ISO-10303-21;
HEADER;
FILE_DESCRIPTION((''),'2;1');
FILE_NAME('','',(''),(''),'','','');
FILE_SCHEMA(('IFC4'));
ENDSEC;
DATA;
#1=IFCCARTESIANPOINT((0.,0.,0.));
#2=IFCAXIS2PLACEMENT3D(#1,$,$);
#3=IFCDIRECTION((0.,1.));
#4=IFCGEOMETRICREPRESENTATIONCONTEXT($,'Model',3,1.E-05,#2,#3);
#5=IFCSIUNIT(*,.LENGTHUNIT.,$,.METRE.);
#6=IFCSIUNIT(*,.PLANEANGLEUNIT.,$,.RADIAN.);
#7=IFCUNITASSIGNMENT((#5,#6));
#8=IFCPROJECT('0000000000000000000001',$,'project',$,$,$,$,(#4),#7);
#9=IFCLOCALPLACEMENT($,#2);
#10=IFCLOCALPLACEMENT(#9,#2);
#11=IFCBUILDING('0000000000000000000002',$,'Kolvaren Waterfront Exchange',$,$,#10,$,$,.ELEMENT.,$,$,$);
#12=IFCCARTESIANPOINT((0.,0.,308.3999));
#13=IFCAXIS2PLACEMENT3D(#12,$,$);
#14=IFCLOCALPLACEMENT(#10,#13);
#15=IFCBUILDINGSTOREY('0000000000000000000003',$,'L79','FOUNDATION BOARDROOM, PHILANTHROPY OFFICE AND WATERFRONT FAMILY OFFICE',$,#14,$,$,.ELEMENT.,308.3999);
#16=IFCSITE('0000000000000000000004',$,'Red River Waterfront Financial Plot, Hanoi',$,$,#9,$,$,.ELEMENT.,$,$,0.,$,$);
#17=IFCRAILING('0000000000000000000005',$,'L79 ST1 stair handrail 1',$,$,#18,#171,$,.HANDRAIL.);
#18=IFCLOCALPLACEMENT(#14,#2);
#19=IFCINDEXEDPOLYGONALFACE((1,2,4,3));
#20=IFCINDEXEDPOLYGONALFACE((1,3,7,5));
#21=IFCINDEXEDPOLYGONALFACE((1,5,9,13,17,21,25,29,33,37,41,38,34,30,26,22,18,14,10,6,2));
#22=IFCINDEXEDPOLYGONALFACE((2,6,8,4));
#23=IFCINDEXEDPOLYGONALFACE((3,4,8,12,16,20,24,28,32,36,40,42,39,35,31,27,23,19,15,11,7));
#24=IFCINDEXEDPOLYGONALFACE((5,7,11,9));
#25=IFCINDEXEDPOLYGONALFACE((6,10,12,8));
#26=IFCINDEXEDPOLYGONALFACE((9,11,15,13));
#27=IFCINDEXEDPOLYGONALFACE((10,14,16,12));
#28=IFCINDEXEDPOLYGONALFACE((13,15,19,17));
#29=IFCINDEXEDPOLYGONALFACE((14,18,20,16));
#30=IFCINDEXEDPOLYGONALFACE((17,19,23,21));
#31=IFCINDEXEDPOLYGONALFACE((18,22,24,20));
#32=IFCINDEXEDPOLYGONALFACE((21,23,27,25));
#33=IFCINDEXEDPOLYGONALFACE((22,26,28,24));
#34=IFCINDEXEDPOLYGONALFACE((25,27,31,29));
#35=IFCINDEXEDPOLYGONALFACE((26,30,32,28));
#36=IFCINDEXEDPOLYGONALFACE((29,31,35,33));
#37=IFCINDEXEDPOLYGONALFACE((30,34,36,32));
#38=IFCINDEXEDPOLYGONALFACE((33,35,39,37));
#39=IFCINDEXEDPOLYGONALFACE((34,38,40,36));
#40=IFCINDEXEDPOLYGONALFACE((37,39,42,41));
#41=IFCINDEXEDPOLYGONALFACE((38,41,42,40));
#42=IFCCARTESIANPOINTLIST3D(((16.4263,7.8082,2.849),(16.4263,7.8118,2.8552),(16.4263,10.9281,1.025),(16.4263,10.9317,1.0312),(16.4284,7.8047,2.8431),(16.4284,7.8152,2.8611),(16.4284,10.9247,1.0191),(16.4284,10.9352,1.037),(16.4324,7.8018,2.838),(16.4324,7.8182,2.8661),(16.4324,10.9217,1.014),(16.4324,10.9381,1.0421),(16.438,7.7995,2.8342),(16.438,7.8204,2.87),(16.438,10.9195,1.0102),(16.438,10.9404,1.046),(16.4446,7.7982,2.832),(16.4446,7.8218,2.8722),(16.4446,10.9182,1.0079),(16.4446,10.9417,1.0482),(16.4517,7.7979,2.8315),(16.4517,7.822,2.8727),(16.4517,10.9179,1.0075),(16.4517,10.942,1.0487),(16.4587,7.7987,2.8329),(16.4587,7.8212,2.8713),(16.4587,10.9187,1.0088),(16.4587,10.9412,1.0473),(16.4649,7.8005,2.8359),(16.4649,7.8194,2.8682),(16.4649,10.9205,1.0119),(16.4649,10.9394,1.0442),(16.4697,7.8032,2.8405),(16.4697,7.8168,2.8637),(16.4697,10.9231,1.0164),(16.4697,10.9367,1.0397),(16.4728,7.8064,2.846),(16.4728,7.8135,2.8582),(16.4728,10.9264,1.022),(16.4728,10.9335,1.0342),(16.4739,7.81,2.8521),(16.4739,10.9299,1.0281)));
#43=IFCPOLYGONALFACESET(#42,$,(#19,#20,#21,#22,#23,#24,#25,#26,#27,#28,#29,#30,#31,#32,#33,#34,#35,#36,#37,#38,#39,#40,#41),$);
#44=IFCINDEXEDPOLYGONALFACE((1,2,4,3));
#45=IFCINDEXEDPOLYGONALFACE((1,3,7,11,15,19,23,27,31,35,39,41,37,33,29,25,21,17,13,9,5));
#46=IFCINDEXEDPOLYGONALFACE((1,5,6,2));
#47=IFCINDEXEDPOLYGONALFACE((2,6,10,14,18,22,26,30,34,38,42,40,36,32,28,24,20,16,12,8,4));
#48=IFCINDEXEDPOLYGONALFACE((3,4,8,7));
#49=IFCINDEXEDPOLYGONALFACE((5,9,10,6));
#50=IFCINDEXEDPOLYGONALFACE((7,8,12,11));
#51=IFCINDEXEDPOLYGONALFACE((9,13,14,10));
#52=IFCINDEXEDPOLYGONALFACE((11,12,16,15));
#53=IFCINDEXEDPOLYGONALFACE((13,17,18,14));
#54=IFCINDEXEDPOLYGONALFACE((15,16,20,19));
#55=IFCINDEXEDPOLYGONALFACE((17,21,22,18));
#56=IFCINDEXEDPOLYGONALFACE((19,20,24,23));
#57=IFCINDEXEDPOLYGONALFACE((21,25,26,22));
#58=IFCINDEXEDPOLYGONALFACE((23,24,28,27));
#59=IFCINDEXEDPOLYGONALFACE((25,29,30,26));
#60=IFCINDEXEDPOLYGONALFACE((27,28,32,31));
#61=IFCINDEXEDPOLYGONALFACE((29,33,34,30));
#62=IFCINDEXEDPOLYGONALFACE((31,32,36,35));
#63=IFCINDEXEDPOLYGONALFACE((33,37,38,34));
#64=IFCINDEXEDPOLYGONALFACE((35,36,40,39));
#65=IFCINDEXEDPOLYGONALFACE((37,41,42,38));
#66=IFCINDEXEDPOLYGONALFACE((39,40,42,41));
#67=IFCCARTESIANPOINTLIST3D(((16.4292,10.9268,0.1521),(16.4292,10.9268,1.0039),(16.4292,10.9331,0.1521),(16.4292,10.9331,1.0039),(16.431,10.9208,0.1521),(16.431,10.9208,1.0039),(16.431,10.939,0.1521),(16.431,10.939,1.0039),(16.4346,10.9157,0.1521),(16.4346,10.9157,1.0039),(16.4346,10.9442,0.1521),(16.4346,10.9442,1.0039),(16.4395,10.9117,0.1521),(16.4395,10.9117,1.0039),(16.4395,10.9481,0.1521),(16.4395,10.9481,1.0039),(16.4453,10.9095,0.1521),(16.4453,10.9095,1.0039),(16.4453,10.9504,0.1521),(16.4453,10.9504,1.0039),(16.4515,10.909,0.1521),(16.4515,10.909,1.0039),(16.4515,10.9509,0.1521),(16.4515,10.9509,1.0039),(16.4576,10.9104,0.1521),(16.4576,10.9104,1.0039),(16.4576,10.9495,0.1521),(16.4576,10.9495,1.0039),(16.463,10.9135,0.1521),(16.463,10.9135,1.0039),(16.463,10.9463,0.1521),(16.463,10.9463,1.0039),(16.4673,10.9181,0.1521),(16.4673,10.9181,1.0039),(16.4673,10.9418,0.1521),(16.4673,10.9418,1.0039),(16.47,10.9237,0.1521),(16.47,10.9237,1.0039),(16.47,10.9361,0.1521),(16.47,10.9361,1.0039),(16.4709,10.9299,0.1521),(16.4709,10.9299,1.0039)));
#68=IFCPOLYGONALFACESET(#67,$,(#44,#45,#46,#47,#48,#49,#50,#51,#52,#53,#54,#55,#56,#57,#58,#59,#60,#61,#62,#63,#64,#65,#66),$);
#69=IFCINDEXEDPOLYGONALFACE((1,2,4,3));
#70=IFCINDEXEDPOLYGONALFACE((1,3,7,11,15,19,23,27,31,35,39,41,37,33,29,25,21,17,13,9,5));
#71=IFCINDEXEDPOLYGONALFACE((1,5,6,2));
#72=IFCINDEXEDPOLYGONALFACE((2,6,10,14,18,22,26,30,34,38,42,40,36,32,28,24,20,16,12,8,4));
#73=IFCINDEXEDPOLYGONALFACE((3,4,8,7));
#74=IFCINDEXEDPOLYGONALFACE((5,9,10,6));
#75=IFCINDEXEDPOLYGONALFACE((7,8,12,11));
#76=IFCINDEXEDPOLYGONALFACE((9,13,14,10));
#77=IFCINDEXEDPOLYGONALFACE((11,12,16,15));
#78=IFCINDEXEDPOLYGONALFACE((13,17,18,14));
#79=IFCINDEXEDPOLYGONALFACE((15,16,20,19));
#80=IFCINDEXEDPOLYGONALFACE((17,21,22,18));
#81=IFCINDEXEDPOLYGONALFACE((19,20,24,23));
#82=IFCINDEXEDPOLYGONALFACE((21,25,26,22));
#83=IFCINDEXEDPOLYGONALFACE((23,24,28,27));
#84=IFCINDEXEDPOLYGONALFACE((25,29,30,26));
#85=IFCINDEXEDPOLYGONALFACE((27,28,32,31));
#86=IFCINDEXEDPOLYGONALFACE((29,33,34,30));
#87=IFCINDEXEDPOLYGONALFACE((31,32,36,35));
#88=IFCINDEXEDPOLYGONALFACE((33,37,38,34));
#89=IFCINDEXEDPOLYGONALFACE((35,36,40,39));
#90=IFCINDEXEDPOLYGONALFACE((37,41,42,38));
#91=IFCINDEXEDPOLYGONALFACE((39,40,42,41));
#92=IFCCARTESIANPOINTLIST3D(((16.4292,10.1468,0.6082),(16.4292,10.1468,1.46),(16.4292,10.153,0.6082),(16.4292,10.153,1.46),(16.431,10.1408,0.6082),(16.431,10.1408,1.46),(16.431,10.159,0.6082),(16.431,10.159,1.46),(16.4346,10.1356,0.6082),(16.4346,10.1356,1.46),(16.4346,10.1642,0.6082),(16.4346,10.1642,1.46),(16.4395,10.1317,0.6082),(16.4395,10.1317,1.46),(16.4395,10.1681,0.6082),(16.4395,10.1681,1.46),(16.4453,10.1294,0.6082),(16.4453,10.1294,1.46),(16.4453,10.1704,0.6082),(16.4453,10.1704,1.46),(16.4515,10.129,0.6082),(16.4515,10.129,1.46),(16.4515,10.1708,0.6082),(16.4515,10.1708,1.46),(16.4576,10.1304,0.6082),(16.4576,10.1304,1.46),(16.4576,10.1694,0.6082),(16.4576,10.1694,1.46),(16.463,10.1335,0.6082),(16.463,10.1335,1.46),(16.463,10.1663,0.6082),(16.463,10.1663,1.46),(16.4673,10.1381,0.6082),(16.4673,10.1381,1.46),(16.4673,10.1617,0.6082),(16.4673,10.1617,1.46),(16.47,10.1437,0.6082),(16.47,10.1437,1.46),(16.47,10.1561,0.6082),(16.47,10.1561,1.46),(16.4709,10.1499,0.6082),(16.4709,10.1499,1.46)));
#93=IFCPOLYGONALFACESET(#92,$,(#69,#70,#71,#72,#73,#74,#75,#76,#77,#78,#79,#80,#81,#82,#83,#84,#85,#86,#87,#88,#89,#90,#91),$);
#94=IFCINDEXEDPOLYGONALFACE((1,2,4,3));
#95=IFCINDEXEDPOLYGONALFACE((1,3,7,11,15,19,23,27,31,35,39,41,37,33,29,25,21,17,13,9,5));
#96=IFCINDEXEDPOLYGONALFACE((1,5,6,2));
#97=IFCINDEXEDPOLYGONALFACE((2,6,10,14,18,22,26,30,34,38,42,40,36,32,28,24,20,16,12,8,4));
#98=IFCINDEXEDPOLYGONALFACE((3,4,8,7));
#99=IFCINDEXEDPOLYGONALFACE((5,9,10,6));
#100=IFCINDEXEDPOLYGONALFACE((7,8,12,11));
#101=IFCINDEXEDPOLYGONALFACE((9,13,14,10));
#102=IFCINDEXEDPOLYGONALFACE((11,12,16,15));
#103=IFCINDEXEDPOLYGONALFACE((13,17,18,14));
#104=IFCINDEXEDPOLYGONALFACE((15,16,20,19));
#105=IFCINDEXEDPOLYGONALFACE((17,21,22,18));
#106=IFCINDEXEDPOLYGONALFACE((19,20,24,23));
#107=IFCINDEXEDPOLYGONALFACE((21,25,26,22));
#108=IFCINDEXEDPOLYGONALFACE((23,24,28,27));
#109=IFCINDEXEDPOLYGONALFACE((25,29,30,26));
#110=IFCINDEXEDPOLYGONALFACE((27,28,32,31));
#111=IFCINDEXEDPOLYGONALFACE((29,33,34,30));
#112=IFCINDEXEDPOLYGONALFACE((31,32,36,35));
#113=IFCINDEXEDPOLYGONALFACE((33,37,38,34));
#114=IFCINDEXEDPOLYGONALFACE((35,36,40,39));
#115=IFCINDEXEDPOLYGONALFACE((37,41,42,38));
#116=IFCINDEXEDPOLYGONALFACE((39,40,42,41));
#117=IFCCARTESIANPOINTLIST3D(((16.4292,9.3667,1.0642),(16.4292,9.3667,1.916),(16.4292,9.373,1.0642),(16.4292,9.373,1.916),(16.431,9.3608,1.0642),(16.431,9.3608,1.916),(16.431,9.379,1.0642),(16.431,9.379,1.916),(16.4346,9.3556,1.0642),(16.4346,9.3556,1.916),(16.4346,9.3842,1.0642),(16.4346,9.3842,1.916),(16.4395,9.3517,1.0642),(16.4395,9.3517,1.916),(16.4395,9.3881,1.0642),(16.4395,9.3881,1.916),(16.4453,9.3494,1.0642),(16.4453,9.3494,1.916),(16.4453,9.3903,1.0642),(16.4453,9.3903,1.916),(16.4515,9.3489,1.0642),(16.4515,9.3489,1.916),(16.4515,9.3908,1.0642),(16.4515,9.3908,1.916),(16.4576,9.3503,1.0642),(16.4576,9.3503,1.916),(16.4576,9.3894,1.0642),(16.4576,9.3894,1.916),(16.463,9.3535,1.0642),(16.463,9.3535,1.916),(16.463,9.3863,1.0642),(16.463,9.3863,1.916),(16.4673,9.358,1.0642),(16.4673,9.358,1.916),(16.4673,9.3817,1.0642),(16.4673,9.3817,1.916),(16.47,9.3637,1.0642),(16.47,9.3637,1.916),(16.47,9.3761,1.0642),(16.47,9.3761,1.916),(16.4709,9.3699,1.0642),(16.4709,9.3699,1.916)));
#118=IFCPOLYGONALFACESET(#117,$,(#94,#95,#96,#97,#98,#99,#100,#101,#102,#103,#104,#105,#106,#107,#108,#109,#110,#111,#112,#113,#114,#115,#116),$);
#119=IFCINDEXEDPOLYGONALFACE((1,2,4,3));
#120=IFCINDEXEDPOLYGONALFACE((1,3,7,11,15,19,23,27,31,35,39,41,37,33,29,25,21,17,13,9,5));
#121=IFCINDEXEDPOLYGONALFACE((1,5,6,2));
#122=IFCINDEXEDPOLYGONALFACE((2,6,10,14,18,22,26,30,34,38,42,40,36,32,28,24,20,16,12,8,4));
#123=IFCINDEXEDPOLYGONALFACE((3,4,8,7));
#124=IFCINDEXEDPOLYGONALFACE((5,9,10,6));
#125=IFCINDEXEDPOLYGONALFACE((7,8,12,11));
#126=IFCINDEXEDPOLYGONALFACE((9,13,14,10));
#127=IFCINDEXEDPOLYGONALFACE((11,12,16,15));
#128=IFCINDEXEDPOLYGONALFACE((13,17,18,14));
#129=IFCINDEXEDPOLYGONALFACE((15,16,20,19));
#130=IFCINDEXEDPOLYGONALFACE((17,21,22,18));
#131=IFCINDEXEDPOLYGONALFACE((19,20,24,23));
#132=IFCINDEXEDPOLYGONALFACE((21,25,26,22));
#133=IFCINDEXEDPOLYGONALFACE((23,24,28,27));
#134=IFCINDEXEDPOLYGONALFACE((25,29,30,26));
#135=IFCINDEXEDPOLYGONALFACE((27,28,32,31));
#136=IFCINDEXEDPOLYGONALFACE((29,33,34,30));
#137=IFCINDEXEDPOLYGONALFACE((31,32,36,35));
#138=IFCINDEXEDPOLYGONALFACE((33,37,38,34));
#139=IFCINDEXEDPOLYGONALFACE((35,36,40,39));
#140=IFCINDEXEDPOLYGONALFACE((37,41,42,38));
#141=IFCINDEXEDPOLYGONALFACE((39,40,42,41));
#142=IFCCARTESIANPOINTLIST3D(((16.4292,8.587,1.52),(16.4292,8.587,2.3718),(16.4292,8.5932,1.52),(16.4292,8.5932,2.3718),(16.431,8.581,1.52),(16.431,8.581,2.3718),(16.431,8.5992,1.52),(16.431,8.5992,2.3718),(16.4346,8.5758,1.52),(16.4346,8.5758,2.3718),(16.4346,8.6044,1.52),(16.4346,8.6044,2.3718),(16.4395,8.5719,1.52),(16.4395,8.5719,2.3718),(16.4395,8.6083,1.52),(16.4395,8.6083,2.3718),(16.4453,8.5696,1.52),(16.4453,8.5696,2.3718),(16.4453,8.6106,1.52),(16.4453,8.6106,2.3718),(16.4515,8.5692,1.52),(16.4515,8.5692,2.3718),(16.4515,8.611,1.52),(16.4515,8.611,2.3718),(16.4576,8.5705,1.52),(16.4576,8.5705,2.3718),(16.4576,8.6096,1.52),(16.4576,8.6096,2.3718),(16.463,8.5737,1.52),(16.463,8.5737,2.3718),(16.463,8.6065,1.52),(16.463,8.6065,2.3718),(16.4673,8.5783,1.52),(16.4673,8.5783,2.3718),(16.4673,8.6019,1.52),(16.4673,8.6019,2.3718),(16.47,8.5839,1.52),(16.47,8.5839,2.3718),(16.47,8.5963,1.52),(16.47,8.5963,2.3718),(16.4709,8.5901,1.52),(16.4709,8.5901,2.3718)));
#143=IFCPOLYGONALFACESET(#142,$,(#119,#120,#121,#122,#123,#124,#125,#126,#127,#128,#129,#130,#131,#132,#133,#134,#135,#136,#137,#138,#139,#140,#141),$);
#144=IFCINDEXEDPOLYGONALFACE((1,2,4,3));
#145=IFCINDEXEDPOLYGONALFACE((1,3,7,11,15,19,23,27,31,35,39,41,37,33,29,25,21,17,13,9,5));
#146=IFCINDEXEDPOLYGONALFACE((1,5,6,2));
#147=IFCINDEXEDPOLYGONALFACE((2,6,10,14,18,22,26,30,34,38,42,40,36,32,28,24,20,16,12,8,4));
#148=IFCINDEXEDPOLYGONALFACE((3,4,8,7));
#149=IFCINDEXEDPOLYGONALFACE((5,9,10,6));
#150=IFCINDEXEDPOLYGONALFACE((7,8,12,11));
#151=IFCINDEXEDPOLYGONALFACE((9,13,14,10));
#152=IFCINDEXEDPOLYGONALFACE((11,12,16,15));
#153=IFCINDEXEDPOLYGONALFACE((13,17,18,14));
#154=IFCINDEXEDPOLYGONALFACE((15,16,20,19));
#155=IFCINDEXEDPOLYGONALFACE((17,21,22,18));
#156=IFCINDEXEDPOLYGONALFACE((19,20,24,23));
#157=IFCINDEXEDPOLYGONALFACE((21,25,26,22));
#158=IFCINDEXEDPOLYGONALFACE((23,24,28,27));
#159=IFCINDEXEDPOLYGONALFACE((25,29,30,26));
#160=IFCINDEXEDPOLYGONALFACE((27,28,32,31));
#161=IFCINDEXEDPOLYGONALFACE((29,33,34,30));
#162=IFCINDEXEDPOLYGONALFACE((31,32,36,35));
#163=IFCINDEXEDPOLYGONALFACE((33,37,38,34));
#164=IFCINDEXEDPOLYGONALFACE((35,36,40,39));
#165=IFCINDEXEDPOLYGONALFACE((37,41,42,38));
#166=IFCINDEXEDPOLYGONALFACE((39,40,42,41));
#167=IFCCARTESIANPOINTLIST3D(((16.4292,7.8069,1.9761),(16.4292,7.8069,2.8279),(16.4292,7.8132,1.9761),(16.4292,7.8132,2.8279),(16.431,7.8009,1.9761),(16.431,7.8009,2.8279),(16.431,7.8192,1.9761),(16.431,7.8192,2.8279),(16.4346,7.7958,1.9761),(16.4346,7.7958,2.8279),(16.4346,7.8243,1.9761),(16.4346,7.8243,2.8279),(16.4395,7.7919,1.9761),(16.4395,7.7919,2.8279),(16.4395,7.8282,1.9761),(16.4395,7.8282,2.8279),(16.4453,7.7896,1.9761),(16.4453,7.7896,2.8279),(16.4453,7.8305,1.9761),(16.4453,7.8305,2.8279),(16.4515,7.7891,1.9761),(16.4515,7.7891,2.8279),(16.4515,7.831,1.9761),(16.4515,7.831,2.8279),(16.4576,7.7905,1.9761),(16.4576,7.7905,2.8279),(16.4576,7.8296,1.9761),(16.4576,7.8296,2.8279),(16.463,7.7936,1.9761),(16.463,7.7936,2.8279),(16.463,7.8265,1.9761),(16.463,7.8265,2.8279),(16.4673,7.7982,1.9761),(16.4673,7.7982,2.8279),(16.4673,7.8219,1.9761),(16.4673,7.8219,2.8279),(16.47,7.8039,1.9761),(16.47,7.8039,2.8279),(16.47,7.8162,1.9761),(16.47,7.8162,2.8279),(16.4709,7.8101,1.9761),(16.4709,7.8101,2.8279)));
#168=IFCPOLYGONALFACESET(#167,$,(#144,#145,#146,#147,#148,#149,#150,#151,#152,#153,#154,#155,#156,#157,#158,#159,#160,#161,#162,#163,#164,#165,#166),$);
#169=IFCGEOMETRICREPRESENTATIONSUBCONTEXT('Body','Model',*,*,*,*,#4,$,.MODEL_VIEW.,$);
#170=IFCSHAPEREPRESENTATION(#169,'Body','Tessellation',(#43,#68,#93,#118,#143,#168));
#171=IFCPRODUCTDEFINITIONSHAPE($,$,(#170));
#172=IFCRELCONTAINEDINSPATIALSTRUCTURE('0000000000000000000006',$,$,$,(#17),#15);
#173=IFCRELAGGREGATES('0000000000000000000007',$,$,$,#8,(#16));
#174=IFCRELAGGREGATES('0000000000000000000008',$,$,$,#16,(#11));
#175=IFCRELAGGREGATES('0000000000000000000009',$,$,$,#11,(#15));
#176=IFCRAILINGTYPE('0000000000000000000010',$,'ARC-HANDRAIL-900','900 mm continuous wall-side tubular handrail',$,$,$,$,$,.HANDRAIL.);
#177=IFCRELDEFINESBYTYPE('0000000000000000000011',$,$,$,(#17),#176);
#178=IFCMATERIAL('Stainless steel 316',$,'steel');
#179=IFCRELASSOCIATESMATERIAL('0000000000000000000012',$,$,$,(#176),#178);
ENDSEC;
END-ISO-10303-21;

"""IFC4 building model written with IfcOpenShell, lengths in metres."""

from ifc_helpers import new_model, si_unit, direction, frame, origin, origin_2d, place, context, subcontext, project, spatial, circle, extrude, material, type_object, element, save


model = new_model("IFC4")

# Units and contexts
model_context = context("Model", 3, precision=1e-05, world=origin(), true_north=direction((0.0, 1.0)))
body_context = subcontext(model_context, "Body", "Model", "MODEL_VIEW")
ifc_project = project(units=[si_unit("LENGTHUNIT", "METRE"), si_unit("PLANEANGLEUNIT", "RADIAN")], contexts=[model_context])

# Site, building, storey
site_placement = place(None, origin())
site = spatial("IfcSite", under=ifc_project, at=site_placement, Name="Red River Waterfront Financial Plot, Hanoi", CompositionType="ELEMENT", RefElevation=0.0)
building_placement = place(site_placement, origin())
building = spatial("IfcBuilding", under=site, at=building_placement, Name="Kolvaren Waterfront Exchange", CompositionType="ELEMENT")
storey_placement = place(building_placement, frame((0.0, 0.0, 308.3999)))
storey = spatial("IfcBuildingStorey", under=building, at=storey_placement, Name="L79", Description="FOUNDATION BOARDROOM, PHILANTHROPY OFFICE AND WATERFRONT FAMILY OFFICE", CompositionType="ELEMENT", Elevation=308.3999)

# Railing
ifc_material_1 = material(Name="Stainless steel 316", Category="steel")
railing_type_1 = type_object("IfcRailingType", Name="ARC-HANDRAIL-900", Description="900 mm continuous wall-side tubular handrail", PredefinedType="HANDRAIL", material=ifc_material_1)
railing_1_placement = place(storey_placement, frame((16.45, 10.9299, 0.1521)))
element("IfcRailing", 1, at=railing_1_placement, inside=storey, type_object=railing_type_1, Name="L79 ST1 stair handrail 1", PredefinedType="HANDRAIL", context=body_context, shape_type="SweptSolid", body=[
    extrude(circle(Radius=0.0239, at=origin_2d()), frame((0.0, 0.0, 0.876), z_axis=(0.0, -0.863291, 0.504707), x_axis=(1.0, 0.0, 0.0)), (0.0, 0.0, 1.0), 3.614),
    extrude(circle(Radius=0.021, at=origin_2d()), origin(), (0.0, 0.0, 1.0), 0.8518),
    extrude(circle(Radius=0.021, at=origin_2d()), frame((0.0, -0.78, 0.4561)), (0.0, 0.0, 1.0), 0.8518),
    extrude(circle(Radius=0.021, at=origin_2d()), frame((0.0, -1.5601, 0.9121)), (0.0, 0.0, 1.0), 0.8518),
    extrude(circle(Radius=0.021, at=origin_2d()), frame((0.0, -2.3398, 1.3679)), (0.0, 0.0, 1.0), 0.8518),
    extrude(circle(Radius=0.021, at=origin_2d()), frame((0.0, -3.1199, 1.824)), (0.0, 0.0, 1.0), 0.8518),
])

save(model, "model.ifc")
